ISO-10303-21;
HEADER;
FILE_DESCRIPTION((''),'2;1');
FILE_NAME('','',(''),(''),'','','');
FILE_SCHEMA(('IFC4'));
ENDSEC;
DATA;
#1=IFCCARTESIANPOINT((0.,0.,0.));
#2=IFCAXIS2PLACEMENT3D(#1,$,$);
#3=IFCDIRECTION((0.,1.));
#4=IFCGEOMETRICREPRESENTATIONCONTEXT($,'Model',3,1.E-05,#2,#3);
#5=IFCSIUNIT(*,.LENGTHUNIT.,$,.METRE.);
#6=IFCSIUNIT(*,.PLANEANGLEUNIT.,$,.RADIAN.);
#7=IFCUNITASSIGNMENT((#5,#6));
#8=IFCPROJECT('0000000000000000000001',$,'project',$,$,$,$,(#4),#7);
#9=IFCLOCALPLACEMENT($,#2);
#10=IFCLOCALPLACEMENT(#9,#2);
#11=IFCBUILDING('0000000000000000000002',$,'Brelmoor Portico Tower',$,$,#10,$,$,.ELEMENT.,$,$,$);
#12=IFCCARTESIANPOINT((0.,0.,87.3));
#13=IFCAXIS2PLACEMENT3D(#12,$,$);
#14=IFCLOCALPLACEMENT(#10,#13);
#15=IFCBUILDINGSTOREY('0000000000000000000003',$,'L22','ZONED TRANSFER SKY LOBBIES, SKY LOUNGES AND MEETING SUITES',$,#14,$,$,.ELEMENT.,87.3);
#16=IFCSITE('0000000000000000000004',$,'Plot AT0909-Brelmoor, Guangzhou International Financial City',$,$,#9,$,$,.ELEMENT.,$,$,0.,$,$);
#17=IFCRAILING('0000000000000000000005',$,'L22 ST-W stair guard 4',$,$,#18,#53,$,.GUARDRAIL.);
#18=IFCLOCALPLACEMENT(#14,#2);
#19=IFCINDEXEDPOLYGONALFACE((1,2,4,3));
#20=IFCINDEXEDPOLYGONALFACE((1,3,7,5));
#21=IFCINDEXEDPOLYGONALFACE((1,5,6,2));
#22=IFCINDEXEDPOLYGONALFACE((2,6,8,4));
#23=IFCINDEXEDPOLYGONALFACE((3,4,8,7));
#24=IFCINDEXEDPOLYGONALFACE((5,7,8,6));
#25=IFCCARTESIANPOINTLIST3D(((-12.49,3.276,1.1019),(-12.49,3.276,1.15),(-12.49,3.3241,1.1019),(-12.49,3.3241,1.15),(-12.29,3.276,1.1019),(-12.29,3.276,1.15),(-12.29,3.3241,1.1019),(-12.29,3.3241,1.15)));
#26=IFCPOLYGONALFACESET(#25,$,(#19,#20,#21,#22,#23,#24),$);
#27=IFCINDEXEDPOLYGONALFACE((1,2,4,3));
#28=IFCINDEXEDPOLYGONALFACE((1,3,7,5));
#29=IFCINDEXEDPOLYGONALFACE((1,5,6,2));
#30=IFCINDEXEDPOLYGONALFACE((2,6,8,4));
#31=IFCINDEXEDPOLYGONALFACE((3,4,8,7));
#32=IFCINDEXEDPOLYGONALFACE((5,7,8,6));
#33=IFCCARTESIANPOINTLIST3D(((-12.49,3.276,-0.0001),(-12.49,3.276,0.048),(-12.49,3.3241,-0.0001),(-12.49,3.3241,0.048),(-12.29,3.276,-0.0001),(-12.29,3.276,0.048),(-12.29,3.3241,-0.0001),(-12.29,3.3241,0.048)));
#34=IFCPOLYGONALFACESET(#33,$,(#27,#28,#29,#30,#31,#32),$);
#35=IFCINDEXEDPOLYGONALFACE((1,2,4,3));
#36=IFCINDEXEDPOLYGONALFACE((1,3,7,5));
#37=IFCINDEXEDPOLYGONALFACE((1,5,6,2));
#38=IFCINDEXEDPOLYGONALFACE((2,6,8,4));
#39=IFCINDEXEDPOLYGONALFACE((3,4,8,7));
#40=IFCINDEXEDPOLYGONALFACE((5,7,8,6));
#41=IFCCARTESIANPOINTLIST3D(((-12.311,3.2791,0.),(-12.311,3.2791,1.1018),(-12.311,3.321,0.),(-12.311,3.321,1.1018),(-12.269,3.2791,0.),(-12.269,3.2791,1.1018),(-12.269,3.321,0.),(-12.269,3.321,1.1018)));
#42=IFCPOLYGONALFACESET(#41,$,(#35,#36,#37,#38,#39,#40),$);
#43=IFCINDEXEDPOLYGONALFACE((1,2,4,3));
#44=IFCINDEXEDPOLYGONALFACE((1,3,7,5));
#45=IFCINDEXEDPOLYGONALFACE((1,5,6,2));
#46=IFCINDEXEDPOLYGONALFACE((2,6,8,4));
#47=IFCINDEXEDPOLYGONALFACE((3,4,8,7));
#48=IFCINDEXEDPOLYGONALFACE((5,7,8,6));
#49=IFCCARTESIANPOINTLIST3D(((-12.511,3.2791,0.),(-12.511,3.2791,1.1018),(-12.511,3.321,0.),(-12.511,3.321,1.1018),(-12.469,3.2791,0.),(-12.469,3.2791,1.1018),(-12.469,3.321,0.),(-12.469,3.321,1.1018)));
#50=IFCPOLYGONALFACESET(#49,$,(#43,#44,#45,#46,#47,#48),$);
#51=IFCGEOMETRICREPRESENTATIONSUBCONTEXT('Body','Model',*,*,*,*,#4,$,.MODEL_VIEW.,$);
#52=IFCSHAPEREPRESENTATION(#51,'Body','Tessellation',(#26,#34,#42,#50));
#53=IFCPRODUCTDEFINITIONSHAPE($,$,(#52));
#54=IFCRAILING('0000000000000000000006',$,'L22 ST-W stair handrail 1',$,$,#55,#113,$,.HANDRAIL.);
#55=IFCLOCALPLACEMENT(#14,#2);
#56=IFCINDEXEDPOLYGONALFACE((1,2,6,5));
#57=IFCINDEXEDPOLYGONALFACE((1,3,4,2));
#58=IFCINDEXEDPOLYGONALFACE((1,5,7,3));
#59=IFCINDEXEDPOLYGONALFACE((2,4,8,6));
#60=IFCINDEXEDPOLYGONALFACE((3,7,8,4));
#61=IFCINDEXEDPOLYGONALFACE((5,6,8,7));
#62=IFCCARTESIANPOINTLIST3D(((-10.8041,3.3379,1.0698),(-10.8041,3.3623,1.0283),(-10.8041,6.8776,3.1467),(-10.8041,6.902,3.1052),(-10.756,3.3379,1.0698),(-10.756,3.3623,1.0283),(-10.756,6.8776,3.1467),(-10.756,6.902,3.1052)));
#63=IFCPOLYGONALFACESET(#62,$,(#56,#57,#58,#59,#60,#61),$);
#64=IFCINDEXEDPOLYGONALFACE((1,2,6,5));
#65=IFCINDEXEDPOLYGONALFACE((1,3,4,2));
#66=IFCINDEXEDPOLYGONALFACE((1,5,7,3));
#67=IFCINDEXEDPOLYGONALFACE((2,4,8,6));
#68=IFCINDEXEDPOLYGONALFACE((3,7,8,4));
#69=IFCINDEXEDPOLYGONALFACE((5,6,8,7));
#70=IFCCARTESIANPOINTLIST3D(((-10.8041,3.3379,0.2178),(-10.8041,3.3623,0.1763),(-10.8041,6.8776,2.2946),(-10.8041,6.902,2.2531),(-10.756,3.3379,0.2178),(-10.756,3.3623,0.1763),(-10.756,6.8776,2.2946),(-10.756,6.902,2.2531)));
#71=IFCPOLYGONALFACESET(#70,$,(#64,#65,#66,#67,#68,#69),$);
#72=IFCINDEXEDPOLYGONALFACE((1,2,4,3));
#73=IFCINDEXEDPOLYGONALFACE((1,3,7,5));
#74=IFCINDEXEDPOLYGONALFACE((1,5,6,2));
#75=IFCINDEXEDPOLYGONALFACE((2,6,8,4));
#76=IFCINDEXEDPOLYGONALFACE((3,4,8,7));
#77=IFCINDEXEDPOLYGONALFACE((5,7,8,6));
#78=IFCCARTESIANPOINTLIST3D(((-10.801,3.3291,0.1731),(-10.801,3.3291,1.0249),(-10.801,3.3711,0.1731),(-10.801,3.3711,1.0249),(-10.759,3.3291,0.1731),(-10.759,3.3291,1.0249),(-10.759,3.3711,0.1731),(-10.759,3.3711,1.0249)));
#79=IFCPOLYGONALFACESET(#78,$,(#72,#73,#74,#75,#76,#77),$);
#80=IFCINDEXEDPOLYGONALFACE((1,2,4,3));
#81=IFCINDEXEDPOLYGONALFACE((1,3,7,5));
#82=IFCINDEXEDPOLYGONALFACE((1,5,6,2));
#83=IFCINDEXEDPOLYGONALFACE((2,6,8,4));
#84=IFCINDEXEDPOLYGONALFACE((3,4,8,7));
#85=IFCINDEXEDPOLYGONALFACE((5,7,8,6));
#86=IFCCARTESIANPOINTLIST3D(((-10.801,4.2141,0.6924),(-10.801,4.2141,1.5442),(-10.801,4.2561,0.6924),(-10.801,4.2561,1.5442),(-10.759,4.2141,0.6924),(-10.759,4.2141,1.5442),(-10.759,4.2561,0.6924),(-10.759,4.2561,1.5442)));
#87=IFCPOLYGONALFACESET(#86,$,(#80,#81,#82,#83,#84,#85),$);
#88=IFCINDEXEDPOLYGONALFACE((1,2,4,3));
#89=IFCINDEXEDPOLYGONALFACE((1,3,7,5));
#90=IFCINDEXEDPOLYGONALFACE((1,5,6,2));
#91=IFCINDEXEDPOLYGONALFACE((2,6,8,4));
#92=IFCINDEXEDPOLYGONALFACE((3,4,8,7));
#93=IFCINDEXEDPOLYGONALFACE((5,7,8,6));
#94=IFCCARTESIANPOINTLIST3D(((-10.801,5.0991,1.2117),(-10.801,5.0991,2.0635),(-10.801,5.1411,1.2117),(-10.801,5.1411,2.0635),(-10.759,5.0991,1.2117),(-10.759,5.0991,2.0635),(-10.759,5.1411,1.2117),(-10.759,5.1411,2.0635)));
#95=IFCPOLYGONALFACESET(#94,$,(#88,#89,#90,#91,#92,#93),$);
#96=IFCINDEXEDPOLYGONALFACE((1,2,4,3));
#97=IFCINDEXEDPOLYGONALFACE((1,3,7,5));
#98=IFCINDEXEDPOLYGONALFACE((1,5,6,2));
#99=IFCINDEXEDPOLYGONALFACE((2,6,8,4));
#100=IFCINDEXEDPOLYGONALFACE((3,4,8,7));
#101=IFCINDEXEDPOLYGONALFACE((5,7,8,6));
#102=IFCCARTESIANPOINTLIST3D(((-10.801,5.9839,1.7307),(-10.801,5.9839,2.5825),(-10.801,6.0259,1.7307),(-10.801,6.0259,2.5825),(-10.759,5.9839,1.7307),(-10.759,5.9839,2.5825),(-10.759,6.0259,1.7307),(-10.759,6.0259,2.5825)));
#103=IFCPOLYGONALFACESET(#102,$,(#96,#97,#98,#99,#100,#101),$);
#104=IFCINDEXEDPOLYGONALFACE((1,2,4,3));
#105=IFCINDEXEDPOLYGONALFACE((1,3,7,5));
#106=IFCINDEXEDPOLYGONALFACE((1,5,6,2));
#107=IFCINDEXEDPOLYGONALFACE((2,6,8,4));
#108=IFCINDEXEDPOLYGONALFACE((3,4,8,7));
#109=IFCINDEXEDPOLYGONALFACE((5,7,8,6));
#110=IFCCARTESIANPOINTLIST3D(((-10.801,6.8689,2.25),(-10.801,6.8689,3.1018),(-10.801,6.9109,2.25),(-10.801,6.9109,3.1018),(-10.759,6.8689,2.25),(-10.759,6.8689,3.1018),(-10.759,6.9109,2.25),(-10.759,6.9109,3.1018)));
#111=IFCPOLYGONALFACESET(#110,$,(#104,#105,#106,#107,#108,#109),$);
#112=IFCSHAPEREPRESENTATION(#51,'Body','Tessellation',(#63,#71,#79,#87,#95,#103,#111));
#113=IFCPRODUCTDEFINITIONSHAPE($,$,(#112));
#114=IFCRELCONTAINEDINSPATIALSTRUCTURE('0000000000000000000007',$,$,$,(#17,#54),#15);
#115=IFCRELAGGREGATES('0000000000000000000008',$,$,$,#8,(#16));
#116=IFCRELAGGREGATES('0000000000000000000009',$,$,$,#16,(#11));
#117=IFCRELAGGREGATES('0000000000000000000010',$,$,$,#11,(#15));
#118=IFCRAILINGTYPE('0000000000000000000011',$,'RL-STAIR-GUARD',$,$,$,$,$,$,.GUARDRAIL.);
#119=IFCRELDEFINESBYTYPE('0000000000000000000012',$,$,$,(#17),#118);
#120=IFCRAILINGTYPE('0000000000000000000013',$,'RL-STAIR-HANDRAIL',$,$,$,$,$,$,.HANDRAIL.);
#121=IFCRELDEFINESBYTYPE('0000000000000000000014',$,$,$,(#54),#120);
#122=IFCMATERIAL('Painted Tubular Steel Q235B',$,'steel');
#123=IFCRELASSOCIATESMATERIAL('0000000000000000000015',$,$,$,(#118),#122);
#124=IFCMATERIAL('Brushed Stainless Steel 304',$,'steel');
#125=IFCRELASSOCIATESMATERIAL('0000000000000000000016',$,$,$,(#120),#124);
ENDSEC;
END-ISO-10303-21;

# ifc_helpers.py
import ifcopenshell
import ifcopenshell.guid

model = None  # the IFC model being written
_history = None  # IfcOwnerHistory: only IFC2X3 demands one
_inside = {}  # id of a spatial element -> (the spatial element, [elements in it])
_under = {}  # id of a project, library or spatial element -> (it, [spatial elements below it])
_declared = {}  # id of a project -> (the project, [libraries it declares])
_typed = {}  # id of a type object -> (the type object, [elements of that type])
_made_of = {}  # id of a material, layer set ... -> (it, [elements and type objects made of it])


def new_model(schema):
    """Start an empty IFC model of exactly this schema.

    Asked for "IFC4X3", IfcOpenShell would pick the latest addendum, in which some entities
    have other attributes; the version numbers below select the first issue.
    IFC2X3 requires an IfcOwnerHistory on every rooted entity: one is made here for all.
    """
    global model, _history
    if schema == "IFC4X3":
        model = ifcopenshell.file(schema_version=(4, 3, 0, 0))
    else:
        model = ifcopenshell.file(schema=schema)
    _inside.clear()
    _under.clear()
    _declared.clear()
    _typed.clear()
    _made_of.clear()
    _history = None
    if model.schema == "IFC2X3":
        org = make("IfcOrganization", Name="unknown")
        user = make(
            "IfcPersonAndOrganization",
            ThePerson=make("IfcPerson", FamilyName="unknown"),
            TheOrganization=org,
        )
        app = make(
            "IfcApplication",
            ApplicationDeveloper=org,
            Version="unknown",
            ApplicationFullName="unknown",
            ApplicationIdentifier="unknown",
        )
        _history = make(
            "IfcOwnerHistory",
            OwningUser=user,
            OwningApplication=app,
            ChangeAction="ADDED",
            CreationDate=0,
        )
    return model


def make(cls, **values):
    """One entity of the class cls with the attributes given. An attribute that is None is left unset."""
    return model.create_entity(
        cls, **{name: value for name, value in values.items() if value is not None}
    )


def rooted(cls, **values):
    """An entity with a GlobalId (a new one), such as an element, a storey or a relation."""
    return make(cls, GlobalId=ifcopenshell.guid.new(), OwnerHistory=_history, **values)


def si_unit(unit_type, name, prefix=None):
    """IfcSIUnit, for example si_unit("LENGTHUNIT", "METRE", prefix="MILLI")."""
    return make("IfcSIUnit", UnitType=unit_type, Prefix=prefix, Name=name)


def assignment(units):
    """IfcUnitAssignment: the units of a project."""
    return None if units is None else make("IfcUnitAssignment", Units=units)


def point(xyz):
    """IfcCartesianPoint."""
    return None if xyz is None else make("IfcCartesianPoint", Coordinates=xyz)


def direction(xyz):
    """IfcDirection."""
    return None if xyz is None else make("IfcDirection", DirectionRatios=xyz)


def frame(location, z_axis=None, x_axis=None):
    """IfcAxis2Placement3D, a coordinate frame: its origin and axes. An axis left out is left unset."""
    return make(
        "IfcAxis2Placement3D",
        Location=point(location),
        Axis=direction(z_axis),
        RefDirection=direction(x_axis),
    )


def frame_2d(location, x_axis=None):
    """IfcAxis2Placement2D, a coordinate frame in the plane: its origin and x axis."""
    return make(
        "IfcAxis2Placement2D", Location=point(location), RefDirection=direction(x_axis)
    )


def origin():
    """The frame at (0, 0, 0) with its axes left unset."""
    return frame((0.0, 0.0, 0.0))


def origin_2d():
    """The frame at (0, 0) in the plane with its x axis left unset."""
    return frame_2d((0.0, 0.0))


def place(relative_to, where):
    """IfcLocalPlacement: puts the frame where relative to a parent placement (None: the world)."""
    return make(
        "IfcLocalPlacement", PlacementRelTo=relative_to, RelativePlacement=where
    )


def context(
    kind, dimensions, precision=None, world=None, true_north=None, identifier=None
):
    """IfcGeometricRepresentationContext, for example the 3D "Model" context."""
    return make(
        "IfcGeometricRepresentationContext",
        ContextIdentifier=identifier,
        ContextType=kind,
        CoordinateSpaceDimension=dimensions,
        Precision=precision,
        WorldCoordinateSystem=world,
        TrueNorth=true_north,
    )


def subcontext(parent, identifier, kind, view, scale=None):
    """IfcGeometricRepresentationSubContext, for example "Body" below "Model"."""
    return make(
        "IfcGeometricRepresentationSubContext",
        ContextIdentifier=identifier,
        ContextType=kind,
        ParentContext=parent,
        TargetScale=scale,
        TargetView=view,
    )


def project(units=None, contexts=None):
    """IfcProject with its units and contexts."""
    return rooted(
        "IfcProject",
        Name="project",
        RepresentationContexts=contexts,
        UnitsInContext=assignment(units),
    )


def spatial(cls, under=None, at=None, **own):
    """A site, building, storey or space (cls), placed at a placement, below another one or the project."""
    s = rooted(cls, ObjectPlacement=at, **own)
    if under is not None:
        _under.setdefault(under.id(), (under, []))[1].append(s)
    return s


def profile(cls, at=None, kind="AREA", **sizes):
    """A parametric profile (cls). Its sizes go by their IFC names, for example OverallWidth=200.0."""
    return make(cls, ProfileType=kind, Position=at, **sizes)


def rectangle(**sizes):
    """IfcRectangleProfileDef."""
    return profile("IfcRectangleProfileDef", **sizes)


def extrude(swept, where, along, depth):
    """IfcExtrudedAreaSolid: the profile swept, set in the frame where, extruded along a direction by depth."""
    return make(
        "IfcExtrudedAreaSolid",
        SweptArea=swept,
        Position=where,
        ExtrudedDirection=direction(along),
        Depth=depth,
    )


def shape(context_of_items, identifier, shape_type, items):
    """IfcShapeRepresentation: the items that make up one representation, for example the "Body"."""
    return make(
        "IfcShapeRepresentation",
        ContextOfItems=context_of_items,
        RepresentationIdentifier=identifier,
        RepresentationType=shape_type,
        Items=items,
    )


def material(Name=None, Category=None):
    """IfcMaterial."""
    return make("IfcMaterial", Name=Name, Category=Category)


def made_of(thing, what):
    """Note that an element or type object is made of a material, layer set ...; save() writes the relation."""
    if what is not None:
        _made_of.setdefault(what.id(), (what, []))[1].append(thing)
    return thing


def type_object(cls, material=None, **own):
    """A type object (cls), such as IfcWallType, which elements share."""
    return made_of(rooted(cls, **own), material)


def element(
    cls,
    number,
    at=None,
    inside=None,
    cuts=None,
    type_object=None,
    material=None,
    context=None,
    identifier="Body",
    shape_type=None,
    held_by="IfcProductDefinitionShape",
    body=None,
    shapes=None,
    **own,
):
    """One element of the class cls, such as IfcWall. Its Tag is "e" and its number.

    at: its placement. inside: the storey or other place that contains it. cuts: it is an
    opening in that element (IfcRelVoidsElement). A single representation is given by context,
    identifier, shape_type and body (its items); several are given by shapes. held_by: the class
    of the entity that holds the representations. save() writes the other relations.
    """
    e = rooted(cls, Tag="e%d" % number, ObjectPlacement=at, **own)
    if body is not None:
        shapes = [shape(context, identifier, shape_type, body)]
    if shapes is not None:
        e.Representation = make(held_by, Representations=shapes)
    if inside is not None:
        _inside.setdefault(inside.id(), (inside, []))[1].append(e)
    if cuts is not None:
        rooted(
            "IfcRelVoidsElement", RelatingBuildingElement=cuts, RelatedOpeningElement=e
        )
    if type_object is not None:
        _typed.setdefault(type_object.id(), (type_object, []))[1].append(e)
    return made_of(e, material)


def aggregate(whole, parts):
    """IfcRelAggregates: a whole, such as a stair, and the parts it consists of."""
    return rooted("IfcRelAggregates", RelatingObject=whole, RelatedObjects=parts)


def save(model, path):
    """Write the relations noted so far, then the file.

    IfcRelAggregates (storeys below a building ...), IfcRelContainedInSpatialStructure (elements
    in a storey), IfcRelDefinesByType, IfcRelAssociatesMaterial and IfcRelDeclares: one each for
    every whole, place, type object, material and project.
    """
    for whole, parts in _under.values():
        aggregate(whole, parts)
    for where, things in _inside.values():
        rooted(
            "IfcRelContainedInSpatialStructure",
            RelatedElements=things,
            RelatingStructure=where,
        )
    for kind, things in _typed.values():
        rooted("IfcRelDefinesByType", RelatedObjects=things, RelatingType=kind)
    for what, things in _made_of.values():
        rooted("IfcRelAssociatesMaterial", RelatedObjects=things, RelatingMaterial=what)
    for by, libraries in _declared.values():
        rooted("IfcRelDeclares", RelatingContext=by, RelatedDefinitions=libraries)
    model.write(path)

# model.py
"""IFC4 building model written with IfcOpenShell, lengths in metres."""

from ifc_helpers import new_model, si_unit, direction, frame, origin, origin_2d, place, context, subcontext, project, spatial, rectangle, extrude, material, type_object, element, save


model = new_model("IFC4")

# Units and contexts
model_context = context("Model", 3, precision=1e-05, world=origin(), true_north=direction((0.0, 1.0)))
body_context = subcontext(model_context, "Body", "Model", "MODEL_VIEW")
ifc_project = project(units=[si_unit("LENGTHUNIT", "METRE"), si_unit("PLANEANGLEUNIT", "RADIAN")], contexts=[model_context])

# Site, building, storey
site_placement = place(None, origin())
site = spatial("IfcSite", under=ifc_project, at=site_placement, Name="Plot AT0909-Brelmoor, Guangzhou International Financial City", CompositionType="ELEMENT", RefElevation=0.0)
building_placement = place(site_placement, origin())
building = spatial("IfcBuilding", under=site, at=building_placement, Name="Brelmoor Portico Tower", CompositionType="ELEMENT")
storey_placement = place(building_placement, frame((0.0, 0.0, 87.3)))
storey = spatial("IfcBuildingStorey", under=building, at=storey_placement, Name="L22", Description="ZONED TRANSFER SKY LOBBIES, SKY LOUNGES AND MEETING SUITES", CompositionType="ELEMENT", Elevation=87.3)

# Railings
ifc_material_1 = material(Name="Painted Tubular Steel Q235B", Category="steel")
railing_type_1 = type_object("IfcRailingType", Name="RL-STAIR-GUARD", PredefinedType="GUARDRAIL", material=ifc_material_1)
railing_1_placement = place(storey_placement, frame((-12.29, 3.3, 0.0)))
element("IfcRailing", 1, at=railing_1_placement, inside=storey, type_object=railing_type_1, Name="L22 ST-W stair guard 4", PredefinedType="GUARDRAIL", context=body_context, shape_type="SweptSolid", body=[
    extrude(rectangle(XDim=0.0481, YDim=0.0481, at=origin_2d()), frame((0.0, 0.0, 1.126), z_axis=(-1.0, 0.0, 0.0), x_axis=(0.0, -1.0, 0.0)), (0.0, 0.0, 1.0), 0.2),
    extrude(rectangle(XDim=0.0481, YDim=0.0481, at=origin_2d()), frame((0.0, 0.0, 0.0239), z_axis=(-1.0, 0.0, 0.0), x_axis=(0.0, -1.0, 0.0)), (0.0, 0.0, 1.0), 0.2),
    extrude(rectangle(XDim=0.042, YDim=0.042, at=origin_2d()), origin(), (0.0, 0.0, 1.0), 1.1018),
    extrude(rectangle(XDim=0.042, YDim=0.042, at=origin_2d()), frame((-0.2, 0.0, 0.0)), (0.0, 0.0, 1.0), 1.1018),
])
ifc_material_2 = material(Name="Brushed Stainless Steel 304", Category="steel")
railing_type_2 = type_object("IfcRailingType", Name="RL-STAIR-HANDRAIL", PredefinedType="HANDRAIL", material=ifc_material_2)
railing_2_placement = place(storey_placement, frame((-10.78, 3.3501, 0.1731)))
element("IfcRailing", 2, at=railing_2_placement, inside=storey, type_object=railing_type_2, Name="L22 ST-W stair handrail 1", PredefinedType="HANDRAIL", context=body_context, shape_type="SweptSolid", body=[
    extrude(rectangle(XDim=0.0481, YDim=0.0481, at=origin_2d()), frame((0.0, 0.0, 0.876), z_axis=(0.0, 0.862501, 0.506055), x_axis=(-1.0, 0.0, 0.0)), (0.0, 0.0, 1.0), 4.104),
    extrude(rectangle(XDim=0.0481, YDim=0.0481, at=origin_2d()), frame((0.0, 0.0, 0.0239), z_axis=(0.0, 0.862501, 0.506055), x_axis=(-1.0, 0.0, 0.0)), (0.0, 0.0, 1.0), 4.104),
    extrude(rectangle(XDim=0.042, YDim=0.042, at=origin_2d()), origin(), (0.0, 0.0, 1.0), 0.8518),
    extrude(rectangle(XDim=0.042, YDim=0.042, at=origin_2d()), frame((0.0, 0.885, 0.5193)), (0.0, 0.0, 1.0), 0.8518),
    extrude(rectangle(XDim=0.042, YDim=0.042, at=origin_2d()), frame((0.0, 1.77, 1.0386)), (0.0, 0.0, 1.0), 0.8518),
    extrude(rectangle(XDim=0.042, YDim=0.042, at=origin_2d()), frame((0.0, 2.6548, 1.5576)), (0.0, 0.0, 1.0), 0.8518),
    extrude(rectangle(XDim=0.042, YDim=0.042, at=origin_2d()), frame((0.0, 3.5398, 2.0769)), (0.0, 0.0, 1.0), 0.8518),
])

save(model, "model.ifc")
